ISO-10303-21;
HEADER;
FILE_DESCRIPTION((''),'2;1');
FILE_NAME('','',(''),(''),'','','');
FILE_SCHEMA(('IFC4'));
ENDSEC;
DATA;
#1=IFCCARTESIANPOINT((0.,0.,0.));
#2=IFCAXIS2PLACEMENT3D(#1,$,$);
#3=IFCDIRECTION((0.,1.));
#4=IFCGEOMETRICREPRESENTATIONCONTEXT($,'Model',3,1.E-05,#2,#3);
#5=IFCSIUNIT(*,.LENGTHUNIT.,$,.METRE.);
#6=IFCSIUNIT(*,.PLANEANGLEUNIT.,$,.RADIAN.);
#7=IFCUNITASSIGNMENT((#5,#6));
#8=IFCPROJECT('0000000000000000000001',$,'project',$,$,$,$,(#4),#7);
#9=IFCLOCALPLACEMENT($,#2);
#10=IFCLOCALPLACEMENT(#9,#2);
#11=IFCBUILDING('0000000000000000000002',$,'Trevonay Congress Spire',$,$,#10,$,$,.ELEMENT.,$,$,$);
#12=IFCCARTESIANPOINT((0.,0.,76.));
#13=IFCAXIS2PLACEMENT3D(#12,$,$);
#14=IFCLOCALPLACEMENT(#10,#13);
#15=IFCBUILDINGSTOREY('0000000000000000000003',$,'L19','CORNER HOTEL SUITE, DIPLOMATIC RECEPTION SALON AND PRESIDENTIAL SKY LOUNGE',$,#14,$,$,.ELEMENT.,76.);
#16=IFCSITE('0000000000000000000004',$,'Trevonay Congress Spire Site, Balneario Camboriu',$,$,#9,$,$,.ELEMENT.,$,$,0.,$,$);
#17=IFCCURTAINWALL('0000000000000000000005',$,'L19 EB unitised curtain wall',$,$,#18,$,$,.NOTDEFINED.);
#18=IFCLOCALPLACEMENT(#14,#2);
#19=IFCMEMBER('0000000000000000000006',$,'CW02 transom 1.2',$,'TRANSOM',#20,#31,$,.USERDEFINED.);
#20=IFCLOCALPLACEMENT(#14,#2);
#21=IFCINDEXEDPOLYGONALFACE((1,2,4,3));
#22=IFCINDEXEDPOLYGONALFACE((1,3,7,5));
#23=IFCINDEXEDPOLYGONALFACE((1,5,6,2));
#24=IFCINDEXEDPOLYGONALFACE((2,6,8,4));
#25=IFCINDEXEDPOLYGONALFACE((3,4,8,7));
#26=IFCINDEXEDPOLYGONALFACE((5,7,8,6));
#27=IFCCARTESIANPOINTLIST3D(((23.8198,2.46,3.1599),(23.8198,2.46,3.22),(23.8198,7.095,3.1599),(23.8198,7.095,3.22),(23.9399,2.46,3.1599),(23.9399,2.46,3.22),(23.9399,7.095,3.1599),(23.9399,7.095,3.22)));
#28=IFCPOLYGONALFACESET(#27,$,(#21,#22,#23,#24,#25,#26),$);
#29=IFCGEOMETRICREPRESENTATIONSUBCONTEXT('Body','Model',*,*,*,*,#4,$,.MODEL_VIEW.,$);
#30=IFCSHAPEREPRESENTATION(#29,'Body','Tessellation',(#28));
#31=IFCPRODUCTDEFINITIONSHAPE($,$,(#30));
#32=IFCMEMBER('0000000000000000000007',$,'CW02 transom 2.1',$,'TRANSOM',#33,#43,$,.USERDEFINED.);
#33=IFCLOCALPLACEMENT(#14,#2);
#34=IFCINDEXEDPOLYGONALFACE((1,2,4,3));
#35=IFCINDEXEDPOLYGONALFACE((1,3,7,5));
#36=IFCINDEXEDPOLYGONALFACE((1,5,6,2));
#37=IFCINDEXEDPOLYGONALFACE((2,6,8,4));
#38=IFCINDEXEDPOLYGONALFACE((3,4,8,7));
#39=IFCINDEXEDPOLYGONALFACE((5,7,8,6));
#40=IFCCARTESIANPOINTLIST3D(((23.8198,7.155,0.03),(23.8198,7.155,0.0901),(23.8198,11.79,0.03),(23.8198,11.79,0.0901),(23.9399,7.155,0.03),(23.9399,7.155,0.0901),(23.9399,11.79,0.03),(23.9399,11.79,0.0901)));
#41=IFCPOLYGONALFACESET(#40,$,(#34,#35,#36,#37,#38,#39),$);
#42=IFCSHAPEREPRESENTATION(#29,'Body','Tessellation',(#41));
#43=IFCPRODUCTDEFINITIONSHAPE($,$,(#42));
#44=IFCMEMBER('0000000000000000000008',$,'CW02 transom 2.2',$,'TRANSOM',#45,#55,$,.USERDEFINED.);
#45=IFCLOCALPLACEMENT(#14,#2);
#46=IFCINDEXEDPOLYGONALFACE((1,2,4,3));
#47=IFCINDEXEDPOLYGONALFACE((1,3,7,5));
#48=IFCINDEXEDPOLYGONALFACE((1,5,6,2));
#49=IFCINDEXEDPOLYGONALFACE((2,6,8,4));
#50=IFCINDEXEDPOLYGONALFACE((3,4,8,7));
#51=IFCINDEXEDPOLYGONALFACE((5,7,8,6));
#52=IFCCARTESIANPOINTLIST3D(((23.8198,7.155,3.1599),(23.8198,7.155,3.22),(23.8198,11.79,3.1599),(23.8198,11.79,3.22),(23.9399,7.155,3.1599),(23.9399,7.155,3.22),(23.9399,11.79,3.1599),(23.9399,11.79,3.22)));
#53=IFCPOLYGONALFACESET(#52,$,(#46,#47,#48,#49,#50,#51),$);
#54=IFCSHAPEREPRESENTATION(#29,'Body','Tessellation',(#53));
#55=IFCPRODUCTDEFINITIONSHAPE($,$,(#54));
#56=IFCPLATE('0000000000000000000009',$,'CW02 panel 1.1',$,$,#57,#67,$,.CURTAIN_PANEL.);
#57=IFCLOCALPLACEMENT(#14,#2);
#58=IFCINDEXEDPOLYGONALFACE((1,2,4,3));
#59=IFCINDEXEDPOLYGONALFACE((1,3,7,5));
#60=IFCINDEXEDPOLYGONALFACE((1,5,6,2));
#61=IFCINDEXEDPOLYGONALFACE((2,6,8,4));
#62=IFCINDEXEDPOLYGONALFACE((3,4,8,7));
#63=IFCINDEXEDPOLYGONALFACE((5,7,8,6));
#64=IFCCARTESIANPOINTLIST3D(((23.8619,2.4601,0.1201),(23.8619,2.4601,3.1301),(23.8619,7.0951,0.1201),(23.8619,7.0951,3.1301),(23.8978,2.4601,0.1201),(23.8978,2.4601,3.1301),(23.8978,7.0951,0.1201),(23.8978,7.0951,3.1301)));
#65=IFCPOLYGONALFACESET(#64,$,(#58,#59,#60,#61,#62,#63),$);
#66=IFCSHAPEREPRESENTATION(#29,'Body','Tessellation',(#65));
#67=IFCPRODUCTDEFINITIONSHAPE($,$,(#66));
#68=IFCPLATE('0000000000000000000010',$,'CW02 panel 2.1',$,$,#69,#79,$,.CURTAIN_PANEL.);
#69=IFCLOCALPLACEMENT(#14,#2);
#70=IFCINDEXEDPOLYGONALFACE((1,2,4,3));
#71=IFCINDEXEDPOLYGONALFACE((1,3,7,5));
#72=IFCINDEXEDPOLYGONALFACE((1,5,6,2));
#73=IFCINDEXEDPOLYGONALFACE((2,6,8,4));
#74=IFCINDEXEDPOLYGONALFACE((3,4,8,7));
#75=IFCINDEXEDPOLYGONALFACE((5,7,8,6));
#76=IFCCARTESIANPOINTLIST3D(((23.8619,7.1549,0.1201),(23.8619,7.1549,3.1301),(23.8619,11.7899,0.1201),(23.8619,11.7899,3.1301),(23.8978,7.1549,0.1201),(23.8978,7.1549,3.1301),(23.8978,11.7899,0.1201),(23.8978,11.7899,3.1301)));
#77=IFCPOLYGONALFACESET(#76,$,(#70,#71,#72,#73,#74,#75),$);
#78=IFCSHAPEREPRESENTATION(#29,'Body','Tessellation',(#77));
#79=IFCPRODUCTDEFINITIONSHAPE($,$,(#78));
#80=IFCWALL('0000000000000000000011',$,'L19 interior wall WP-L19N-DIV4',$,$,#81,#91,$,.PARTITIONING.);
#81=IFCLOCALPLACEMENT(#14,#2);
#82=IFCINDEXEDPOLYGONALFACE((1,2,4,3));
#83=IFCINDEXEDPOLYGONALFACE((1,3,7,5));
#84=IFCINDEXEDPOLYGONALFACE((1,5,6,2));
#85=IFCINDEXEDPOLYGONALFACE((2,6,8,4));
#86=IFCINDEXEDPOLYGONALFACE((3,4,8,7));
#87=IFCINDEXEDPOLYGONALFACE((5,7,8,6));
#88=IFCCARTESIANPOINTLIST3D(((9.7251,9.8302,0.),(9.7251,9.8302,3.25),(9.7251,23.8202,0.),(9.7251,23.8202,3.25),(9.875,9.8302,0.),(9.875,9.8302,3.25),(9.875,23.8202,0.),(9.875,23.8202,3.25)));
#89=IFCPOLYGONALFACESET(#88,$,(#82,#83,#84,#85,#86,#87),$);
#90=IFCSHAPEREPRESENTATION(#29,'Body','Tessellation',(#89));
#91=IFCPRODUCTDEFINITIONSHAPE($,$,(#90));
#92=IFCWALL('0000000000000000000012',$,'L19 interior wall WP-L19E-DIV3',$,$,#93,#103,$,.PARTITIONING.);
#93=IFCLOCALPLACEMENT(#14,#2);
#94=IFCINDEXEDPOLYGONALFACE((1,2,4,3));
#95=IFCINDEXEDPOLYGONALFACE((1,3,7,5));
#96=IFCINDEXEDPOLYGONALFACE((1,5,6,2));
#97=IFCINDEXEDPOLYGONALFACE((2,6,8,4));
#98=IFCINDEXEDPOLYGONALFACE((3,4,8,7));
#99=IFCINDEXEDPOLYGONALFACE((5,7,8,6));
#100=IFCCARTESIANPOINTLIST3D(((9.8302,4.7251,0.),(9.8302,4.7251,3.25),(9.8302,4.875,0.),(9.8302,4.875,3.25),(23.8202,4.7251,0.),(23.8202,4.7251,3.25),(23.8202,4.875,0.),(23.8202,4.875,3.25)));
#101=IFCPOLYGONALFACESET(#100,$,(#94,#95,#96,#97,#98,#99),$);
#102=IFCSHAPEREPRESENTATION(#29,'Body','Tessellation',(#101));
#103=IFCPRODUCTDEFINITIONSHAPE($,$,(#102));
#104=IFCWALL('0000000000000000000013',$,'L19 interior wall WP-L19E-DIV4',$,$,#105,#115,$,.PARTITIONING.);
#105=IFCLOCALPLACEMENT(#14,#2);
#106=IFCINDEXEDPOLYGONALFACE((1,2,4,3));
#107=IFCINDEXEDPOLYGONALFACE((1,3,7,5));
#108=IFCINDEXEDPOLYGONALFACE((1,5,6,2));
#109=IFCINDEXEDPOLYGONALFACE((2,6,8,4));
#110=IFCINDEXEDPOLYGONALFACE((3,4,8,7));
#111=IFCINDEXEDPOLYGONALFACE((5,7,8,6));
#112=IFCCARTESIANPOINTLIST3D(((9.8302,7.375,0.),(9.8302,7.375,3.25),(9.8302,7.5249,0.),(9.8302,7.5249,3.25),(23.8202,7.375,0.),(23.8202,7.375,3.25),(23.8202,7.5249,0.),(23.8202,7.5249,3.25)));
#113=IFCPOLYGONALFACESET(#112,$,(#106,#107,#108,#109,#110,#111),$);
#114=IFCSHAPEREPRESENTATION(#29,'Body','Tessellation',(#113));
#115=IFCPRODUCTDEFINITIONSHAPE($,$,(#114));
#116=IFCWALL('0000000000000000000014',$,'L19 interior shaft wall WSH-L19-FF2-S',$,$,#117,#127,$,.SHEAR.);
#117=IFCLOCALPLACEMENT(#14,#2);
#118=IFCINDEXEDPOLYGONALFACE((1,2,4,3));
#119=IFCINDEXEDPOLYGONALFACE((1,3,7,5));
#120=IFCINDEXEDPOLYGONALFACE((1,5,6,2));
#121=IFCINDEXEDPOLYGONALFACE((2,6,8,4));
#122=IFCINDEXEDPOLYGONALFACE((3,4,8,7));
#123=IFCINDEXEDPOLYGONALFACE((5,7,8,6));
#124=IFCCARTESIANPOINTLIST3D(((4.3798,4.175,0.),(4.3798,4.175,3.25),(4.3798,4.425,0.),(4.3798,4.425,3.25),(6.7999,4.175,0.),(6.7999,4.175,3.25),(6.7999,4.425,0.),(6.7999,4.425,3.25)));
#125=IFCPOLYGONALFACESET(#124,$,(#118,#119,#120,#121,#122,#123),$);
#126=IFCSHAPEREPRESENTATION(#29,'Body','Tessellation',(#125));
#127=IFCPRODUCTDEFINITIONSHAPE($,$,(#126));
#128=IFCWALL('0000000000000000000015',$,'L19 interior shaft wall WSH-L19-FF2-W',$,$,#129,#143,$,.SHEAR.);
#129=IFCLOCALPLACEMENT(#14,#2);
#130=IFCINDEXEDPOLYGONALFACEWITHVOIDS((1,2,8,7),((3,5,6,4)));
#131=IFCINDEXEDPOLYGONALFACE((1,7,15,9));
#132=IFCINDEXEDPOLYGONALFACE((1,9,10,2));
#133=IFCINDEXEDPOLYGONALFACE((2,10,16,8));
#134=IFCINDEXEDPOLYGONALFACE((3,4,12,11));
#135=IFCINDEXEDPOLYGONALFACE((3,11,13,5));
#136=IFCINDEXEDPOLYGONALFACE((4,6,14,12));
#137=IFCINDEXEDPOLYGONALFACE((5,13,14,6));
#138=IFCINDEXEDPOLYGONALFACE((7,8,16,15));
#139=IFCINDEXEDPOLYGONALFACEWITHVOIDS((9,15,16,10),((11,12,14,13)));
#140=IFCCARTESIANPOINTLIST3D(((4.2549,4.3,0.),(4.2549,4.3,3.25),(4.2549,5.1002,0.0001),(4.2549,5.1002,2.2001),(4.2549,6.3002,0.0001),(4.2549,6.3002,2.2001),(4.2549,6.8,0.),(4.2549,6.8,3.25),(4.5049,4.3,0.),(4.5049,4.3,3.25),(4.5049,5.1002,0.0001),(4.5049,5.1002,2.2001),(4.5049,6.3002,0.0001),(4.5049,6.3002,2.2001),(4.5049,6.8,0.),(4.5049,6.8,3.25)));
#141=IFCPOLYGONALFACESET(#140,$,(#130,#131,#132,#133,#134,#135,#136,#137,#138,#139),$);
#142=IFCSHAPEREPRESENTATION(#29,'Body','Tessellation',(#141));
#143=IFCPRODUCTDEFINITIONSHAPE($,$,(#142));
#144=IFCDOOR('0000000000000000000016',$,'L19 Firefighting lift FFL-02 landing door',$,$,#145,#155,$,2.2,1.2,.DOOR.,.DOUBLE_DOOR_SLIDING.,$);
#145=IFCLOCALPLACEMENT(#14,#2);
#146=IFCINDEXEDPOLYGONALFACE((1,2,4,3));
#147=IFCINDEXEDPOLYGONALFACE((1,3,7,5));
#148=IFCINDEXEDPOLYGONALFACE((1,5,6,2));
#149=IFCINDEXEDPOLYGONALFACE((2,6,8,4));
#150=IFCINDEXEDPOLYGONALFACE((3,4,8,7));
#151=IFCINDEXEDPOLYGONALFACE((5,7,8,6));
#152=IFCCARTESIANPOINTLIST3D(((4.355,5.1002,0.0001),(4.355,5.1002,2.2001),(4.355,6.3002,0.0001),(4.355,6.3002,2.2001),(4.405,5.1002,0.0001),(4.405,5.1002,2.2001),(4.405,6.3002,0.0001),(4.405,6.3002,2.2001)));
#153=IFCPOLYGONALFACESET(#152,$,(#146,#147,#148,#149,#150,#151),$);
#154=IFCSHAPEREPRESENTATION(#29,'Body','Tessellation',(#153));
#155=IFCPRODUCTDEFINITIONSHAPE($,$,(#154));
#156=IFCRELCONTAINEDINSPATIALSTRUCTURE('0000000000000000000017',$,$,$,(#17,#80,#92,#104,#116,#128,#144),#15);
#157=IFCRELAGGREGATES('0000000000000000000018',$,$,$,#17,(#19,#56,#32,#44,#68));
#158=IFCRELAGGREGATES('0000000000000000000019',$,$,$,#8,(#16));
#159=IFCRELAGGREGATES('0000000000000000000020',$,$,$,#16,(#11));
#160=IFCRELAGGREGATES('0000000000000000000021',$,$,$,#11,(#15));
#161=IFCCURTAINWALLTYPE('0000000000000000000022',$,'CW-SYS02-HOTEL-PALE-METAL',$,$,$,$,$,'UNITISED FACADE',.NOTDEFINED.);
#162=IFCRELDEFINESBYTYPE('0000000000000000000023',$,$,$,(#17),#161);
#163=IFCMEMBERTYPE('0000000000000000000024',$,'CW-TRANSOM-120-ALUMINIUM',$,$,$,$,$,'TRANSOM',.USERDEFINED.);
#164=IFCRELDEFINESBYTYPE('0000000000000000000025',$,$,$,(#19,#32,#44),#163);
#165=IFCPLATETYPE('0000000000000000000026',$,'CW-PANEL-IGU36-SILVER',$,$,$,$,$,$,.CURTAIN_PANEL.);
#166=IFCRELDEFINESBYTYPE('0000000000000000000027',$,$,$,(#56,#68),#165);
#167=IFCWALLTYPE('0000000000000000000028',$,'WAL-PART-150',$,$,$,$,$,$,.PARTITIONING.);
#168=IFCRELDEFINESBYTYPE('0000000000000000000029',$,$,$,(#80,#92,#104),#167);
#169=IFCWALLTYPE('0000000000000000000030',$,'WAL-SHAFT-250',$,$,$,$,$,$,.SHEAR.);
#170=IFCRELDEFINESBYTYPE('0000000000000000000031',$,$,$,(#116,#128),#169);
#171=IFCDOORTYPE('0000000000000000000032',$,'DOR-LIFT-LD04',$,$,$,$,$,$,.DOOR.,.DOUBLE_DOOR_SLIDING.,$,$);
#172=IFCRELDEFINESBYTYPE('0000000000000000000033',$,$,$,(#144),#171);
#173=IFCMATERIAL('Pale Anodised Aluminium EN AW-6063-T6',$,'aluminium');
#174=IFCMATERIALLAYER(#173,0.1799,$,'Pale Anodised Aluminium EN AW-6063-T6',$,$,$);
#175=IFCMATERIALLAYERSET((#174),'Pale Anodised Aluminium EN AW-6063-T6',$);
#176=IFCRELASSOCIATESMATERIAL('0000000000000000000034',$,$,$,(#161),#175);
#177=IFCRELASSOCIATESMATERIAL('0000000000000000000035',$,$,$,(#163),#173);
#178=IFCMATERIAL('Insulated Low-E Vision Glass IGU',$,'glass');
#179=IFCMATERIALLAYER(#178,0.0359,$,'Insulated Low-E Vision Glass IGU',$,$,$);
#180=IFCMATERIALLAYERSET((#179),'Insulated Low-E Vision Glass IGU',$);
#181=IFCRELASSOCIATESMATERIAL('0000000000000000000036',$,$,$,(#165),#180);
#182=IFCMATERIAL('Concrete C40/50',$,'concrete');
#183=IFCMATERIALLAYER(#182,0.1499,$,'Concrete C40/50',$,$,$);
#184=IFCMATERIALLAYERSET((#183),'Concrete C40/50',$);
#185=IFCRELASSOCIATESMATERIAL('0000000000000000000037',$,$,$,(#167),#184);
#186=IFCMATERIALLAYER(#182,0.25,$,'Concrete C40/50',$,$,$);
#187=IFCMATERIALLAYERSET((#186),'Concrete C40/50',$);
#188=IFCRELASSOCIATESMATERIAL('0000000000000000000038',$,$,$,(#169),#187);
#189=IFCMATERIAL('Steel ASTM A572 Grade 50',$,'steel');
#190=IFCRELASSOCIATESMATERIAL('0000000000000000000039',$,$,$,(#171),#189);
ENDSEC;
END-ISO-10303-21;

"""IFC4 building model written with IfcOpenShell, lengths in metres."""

from ifc_helpers import new_model, si_unit, direction, frame, frame_2d, origin, origin_2d, place, context, subcontext, project, spatial, rectangle, extrude, material, layer, layer_set, material_profile, profile_set, type_object, element, fill, aggregate, save


model = new_model("IFC4")

# Units and contexts
model_context = context("Model", 3, precision=1e-05, world=origin(), true_north=direction((0.0, 1.0)))
body_context = subcontext(model_context, "Body", "Model", "MODEL_VIEW")
ifc_project = project(units=[si_unit("LENGTHUNIT", "METRE"), si_unit("PLANEANGLEUNIT", "RADIAN")], contexts=[model_context])

# Site, building, storey
site_placement = place(None, origin())
site = spatial("IfcSite", under=ifc_project, at=site_placement, Name="Trevonay Congress Spire Site, Balneario Camboriu", CompositionType="ELEMENT", RefElevation=0.0)
building_placement = place(site_placement, origin())
building = spatial("IfcBuilding", under=site, at=building_placement, Name="Trevonay Congress Spire", CompositionType="ELEMENT")
storey_placement = place(building_placement, frame((0.0, 0.0, 76.0)))
storey = spatial("IfcBuildingStorey", under=building, at=storey_placement, Name="L19", Description="CORNER HOTEL SUITE, DIPLOMATIC RECEPTION SALON AND PRESIDENTIAL SKY LOUNGE", CompositionType="ELEMENT", Elevation=76.0)

# Shared definitions
ifc_material_1 = material(Name="Steel ASTM A572 Grade 50", Category="steel")

# Curtain wall, members, plates
ifc_material_2 = material(Name="Pale Anodised Aluminium EN AW-6063-T6", Category="aluminium")
ifc_layer_1 = layer(ifc_material_2, 0.1799, Name="Pale Anodised Aluminium EN AW-6063-T6")
ifc_layer_set_1 = layer_set([ifc_layer_1], Name="Pale Anodised Aluminium EN AW-6063-T6")
curtain_wall_type = type_object("IfcCurtainWallType", Name="CW-SYS02-HOTEL-PALE-METAL", ElementType="UNITISED FACADE", PredefinedType="NOTDEFINED", material=ifc_layer_set_1)
curtain_wall_placement = place(storey_placement, origin())
curtain_wall = element("IfcCurtainWall", 1, at=curtain_wall_placement, inside=storey, type_object=curtain_wall_type, Name="L19 EB unitised curtain wall", PredefinedType="NOTDEFINED")
ifc_material_profile_1 = material_profile(ifc_material_2, rectangle(XDim=0.1201, YDim=0.0601, at=origin_2d()), Name="CW-TRANSOM-120-ALUMINIUM")
ifc_profile_set_1 = profile_set([ifc_material_profile_1], Name="Pale Anodised Aluminium EN AW-6063-T6")
member_type_1 = type_object("IfcMemberType", Name="CW-TRANSOM-120-ALUMINIUM", ElementType="TRANSOM", PredefinedType="USERDEFINED", material=ifc_profile_set_1)
member_1_placement = place(storey_placement, frame((23.8799, 2.46, 3.1899), z_axis=(0.0, 1.0, 0.0), x_axis=(-1.0, 0.0, 0.0)))
member_1 = element("IfcMember", 2, at=member_1_placement, type_object=member_type_1, Name="CW02 transom 1.2", ObjectType="TRANSOM", PredefinedType="USERDEFINED", context=body_context, shape_type="SweptSolid", body=[
    extrude(rectangle(XDim=0.1201, YDim=0.0601, at=origin_2d()), origin(), (0.0, 0.0, 1.0), 4.635),
])
member_2_placement = place(storey_placement, frame((23.8799, 7.155, 0.0601), z_axis=(0.0, 1.0, 0.0), x_axis=(-1.0, 0.0, 0.0)))
member_2 = element("IfcMember", 3, at=member_2_placement, type_object=member_type_1, Name="CW02 transom 2.1", ObjectType="TRANSOM", PredefinedType="USERDEFINED", context=body_context, shape_type="SweptSolid", body=[
    extrude(rectangle(XDim=0.1201, YDim=0.0601, at=origin_2d()), origin(), (0.0, 0.0, 1.0), 4.635),
])
member_3_placement = place(storey_placement, frame((23.8799, 7.155, 3.1899), z_axis=(0.0, 1.0, 0.0), x_axis=(-1.0, 0.0, 0.0)))
member_3 = element("IfcMember", 4, at=member_3_placement, type_object=member_type_1, Name="CW02 transom 2.2", ObjectType="TRANSOM", PredefinedType="USERDEFINED", context=body_context, shape_type="SweptSolid", body=[
    extrude(rectangle(XDim=0.1201, YDim=0.0601, at=origin_2d()), origin(), (0.0, 0.0, 1.0), 4.635),
])
ifc_material_3 = material(Name="Insulated Low-E Vision Glass IGU", Category="glass")
ifc_layer_2 = layer(ifc_material_3, 0.0359, Name="Insulated Low-E Vision Glass IGU")
ifc_layer_set_2 = layer_set([ifc_layer_2], Name="Insulated Low-E Vision Glass IGU")
plate_type = type_object("IfcPlateType", Name="CW-PANEL-IGU36-SILVER", PredefinedType="CURTAIN_PANEL", material=ifc_layer_set_2)
plate_1_placement = place(storey_placement, frame((23.8799, 4.7776, 0.1201), z_axis=(0.0, 0.0, 1.0), x_axis=(0.0, 1.0, 0.0)))
plate_1 = element("IfcPlate", 5, at=plate_1_placement, type_object=plate_type, Name="CW02 panel 1.1", PredefinedType="CURTAIN_PANEL", context=body_context, shape_type="SweptSolid", body=[
    extrude(rectangle(XDim=4.635, YDim=0.0359, at=origin_2d()), origin(), (0.0, 0.0, 1.0), 3.01),
])
plate_2_placement = place(storey_placement, frame((23.8799, 9.4724, 0.1201), z_axis=(0.0, 0.0, 1.0), x_axis=(0.0, 1.0, 0.0)))
plate_2 = element("IfcPlate", 6, at=plate_2_placement, type_object=plate_type, Name="CW02 panel 2.1", PredefinedType="CURTAIN_PANEL", context=body_context, shape_type="SweptSolid", body=[
    extrude(rectangle(XDim=4.635, YDim=0.0359, at=origin_2d()), origin(), (0.0, 0.0, 1.0), 3.01),
])
aggregate(curtain_wall, [member_1, plate_1, member_2, member_3, plate_2])

# Walls
ifc_material_4 = material(Name="Concrete C40/50", Category="concrete")
ifc_layer_3 = layer(ifc_material_4, 0.1499, Name="Concrete C40/50")
ifc_layer_set_3 = layer_set([ifc_layer_3], Name="Concrete C40/50")
wall_type_1 = type_object("IfcWallType", Name="WAL-PART-150", PredefinedType="PARTITIONING", material=ifc_layer_set_3)
for number, where, z_axis, x_axis, name in (
    (7, (9.8, 9.8301, 0.0), (0.0, 0.0, 1.0), (0.0, 1.0, 0.0), "L19 interior wall WP-L19N-DIV4"),
    (8, (9.8301, 4.8, 0.0), (0.0, 0.0, 1.0), (1.0, 0.0, 0.0), "L19 interior wall WP-L19E-DIV3"),
    (9, (9.8301, 7.45, 0.0), (0.0, 0.0, 1.0), (1.0, 0.0, 0.0), "L19 interior wall WP-L19E-DIV4"),
):
    element("IfcWall", number, at=place(storey_placement, frame(where, z_axis=z_axis, x_axis=x_axis)), inside=storey, type_object=wall_type_1, Name=name, PredefinedType="PARTITIONING", context=body_context, shape_type="SweptSolid", body=[
        extrude(rectangle(XDim=13.99, YDim=0.1499, at=frame_2d((6.9951, 0.0))), origin(), (0.0, 0.0, 1.0), 3.25),
    ])
ifc_layer_4 = layer(ifc_material_4, 0.25, Name="Concrete C40/50")
ifc_layer_set_4 = layer_set([ifc_layer_4], Name="Concrete C40/50")
wall_type_2 = type_object("IfcWallType", Name="WAL-SHAFT-250", PredefinedType="SHEAR", material=ifc_layer_set_4)
wall_1_placement = place(storey_placement, frame((4.3799, 4.3, 0.0), z_axis=(0.0, 0.0, 1.0), x_axis=(1.0, 0.0, 0.0)))
element("IfcWall", 10, at=wall_1_placement, inside=storey, type_object=wall_type_2, Name="L19 interior shaft wall WSH-L19-FF2-S", PredefinedType="SHEAR", context=body_context, shape_type="SweptSolid", body=[
    extrude(rectangle(XDim=2.4202, YDim=0.25, at=frame_2d((1.21, 0.0))), origin(), (0.0, 0.0, 1.0), 3.25),
])

# Wall, opening, door
wall_2_placement = place(storey_placement, frame((4.3799, 4.3, 0.0), z_axis=(0.0, 0.0, 1.0), x_axis=(0.0, 1.0, 0.0)))
wall_2 = element("IfcWall", 11, at=wall_2_placement, inside=storey, type_object=wall_type_2, Name="L19 interior shaft wall WSH-L19-FF2-W", PredefinedType="SHEAR", context=body_context, shape_type="SweptSolid", body=[
    extrude(rectangle(XDim=2.5, YDim=0.25, at=frame_2d((1.25, 0.0))), origin(), (0.0, 0.0, 1.0), 3.25),
])
opening_placement = place(wall_2_placement, frame((0.8, 0.0, 0.0)))
opening = element("IfcOpeningElement", 12, at=opening_placement, cuts=wall_2, PredefinedType="OPENING", context=body_context, shape_type="SweptSolid", body=[
    extrude(rectangle(XDim=1.2, YDim=2.2, at=frame_2d((0.6001, 1.1001))), frame((0.0, 0.135, 0.0), z_axis=(0.0, -1.0, 0.0), x_axis=(1.0, 0.0, 0.0)), (0.0, 0.0, 1.0), 0.27),
])
door_type = type_object("IfcDoorType", Name="DOR-LIFT-LD04", OperationType="DOUBLE_DOOR_SLIDING", PredefinedType="DOOR", material=ifc_material_1)
door_placement = place(opening_placement, origin())
door = element("IfcDoor", 13, at=door_placement, inside=storey, type_object=door_type, Name="L19 Firefighting lift FFL-02 landing door", OperationType="DOUBLE_DOOR_SLIDING", OverallHeight=2.2, OverallWidth=1.2, PredefinedType="DOOR", context=body_context, shape_type="SweptSolid", body=[
    extrude(rectangle(XDim=1.2, YDim=2.2, at=frame_2d((0.6001, 1.1001))), frame((0.0, 0.0249, 0.0), z_axis=(0.0, -1.0, 0.0), x_axis=(1.0, 0.0, 0.0)), (0.0, 0.0, 1.0), 0.05),
])
fill(opening, door)

save(model, "model.ifc")
